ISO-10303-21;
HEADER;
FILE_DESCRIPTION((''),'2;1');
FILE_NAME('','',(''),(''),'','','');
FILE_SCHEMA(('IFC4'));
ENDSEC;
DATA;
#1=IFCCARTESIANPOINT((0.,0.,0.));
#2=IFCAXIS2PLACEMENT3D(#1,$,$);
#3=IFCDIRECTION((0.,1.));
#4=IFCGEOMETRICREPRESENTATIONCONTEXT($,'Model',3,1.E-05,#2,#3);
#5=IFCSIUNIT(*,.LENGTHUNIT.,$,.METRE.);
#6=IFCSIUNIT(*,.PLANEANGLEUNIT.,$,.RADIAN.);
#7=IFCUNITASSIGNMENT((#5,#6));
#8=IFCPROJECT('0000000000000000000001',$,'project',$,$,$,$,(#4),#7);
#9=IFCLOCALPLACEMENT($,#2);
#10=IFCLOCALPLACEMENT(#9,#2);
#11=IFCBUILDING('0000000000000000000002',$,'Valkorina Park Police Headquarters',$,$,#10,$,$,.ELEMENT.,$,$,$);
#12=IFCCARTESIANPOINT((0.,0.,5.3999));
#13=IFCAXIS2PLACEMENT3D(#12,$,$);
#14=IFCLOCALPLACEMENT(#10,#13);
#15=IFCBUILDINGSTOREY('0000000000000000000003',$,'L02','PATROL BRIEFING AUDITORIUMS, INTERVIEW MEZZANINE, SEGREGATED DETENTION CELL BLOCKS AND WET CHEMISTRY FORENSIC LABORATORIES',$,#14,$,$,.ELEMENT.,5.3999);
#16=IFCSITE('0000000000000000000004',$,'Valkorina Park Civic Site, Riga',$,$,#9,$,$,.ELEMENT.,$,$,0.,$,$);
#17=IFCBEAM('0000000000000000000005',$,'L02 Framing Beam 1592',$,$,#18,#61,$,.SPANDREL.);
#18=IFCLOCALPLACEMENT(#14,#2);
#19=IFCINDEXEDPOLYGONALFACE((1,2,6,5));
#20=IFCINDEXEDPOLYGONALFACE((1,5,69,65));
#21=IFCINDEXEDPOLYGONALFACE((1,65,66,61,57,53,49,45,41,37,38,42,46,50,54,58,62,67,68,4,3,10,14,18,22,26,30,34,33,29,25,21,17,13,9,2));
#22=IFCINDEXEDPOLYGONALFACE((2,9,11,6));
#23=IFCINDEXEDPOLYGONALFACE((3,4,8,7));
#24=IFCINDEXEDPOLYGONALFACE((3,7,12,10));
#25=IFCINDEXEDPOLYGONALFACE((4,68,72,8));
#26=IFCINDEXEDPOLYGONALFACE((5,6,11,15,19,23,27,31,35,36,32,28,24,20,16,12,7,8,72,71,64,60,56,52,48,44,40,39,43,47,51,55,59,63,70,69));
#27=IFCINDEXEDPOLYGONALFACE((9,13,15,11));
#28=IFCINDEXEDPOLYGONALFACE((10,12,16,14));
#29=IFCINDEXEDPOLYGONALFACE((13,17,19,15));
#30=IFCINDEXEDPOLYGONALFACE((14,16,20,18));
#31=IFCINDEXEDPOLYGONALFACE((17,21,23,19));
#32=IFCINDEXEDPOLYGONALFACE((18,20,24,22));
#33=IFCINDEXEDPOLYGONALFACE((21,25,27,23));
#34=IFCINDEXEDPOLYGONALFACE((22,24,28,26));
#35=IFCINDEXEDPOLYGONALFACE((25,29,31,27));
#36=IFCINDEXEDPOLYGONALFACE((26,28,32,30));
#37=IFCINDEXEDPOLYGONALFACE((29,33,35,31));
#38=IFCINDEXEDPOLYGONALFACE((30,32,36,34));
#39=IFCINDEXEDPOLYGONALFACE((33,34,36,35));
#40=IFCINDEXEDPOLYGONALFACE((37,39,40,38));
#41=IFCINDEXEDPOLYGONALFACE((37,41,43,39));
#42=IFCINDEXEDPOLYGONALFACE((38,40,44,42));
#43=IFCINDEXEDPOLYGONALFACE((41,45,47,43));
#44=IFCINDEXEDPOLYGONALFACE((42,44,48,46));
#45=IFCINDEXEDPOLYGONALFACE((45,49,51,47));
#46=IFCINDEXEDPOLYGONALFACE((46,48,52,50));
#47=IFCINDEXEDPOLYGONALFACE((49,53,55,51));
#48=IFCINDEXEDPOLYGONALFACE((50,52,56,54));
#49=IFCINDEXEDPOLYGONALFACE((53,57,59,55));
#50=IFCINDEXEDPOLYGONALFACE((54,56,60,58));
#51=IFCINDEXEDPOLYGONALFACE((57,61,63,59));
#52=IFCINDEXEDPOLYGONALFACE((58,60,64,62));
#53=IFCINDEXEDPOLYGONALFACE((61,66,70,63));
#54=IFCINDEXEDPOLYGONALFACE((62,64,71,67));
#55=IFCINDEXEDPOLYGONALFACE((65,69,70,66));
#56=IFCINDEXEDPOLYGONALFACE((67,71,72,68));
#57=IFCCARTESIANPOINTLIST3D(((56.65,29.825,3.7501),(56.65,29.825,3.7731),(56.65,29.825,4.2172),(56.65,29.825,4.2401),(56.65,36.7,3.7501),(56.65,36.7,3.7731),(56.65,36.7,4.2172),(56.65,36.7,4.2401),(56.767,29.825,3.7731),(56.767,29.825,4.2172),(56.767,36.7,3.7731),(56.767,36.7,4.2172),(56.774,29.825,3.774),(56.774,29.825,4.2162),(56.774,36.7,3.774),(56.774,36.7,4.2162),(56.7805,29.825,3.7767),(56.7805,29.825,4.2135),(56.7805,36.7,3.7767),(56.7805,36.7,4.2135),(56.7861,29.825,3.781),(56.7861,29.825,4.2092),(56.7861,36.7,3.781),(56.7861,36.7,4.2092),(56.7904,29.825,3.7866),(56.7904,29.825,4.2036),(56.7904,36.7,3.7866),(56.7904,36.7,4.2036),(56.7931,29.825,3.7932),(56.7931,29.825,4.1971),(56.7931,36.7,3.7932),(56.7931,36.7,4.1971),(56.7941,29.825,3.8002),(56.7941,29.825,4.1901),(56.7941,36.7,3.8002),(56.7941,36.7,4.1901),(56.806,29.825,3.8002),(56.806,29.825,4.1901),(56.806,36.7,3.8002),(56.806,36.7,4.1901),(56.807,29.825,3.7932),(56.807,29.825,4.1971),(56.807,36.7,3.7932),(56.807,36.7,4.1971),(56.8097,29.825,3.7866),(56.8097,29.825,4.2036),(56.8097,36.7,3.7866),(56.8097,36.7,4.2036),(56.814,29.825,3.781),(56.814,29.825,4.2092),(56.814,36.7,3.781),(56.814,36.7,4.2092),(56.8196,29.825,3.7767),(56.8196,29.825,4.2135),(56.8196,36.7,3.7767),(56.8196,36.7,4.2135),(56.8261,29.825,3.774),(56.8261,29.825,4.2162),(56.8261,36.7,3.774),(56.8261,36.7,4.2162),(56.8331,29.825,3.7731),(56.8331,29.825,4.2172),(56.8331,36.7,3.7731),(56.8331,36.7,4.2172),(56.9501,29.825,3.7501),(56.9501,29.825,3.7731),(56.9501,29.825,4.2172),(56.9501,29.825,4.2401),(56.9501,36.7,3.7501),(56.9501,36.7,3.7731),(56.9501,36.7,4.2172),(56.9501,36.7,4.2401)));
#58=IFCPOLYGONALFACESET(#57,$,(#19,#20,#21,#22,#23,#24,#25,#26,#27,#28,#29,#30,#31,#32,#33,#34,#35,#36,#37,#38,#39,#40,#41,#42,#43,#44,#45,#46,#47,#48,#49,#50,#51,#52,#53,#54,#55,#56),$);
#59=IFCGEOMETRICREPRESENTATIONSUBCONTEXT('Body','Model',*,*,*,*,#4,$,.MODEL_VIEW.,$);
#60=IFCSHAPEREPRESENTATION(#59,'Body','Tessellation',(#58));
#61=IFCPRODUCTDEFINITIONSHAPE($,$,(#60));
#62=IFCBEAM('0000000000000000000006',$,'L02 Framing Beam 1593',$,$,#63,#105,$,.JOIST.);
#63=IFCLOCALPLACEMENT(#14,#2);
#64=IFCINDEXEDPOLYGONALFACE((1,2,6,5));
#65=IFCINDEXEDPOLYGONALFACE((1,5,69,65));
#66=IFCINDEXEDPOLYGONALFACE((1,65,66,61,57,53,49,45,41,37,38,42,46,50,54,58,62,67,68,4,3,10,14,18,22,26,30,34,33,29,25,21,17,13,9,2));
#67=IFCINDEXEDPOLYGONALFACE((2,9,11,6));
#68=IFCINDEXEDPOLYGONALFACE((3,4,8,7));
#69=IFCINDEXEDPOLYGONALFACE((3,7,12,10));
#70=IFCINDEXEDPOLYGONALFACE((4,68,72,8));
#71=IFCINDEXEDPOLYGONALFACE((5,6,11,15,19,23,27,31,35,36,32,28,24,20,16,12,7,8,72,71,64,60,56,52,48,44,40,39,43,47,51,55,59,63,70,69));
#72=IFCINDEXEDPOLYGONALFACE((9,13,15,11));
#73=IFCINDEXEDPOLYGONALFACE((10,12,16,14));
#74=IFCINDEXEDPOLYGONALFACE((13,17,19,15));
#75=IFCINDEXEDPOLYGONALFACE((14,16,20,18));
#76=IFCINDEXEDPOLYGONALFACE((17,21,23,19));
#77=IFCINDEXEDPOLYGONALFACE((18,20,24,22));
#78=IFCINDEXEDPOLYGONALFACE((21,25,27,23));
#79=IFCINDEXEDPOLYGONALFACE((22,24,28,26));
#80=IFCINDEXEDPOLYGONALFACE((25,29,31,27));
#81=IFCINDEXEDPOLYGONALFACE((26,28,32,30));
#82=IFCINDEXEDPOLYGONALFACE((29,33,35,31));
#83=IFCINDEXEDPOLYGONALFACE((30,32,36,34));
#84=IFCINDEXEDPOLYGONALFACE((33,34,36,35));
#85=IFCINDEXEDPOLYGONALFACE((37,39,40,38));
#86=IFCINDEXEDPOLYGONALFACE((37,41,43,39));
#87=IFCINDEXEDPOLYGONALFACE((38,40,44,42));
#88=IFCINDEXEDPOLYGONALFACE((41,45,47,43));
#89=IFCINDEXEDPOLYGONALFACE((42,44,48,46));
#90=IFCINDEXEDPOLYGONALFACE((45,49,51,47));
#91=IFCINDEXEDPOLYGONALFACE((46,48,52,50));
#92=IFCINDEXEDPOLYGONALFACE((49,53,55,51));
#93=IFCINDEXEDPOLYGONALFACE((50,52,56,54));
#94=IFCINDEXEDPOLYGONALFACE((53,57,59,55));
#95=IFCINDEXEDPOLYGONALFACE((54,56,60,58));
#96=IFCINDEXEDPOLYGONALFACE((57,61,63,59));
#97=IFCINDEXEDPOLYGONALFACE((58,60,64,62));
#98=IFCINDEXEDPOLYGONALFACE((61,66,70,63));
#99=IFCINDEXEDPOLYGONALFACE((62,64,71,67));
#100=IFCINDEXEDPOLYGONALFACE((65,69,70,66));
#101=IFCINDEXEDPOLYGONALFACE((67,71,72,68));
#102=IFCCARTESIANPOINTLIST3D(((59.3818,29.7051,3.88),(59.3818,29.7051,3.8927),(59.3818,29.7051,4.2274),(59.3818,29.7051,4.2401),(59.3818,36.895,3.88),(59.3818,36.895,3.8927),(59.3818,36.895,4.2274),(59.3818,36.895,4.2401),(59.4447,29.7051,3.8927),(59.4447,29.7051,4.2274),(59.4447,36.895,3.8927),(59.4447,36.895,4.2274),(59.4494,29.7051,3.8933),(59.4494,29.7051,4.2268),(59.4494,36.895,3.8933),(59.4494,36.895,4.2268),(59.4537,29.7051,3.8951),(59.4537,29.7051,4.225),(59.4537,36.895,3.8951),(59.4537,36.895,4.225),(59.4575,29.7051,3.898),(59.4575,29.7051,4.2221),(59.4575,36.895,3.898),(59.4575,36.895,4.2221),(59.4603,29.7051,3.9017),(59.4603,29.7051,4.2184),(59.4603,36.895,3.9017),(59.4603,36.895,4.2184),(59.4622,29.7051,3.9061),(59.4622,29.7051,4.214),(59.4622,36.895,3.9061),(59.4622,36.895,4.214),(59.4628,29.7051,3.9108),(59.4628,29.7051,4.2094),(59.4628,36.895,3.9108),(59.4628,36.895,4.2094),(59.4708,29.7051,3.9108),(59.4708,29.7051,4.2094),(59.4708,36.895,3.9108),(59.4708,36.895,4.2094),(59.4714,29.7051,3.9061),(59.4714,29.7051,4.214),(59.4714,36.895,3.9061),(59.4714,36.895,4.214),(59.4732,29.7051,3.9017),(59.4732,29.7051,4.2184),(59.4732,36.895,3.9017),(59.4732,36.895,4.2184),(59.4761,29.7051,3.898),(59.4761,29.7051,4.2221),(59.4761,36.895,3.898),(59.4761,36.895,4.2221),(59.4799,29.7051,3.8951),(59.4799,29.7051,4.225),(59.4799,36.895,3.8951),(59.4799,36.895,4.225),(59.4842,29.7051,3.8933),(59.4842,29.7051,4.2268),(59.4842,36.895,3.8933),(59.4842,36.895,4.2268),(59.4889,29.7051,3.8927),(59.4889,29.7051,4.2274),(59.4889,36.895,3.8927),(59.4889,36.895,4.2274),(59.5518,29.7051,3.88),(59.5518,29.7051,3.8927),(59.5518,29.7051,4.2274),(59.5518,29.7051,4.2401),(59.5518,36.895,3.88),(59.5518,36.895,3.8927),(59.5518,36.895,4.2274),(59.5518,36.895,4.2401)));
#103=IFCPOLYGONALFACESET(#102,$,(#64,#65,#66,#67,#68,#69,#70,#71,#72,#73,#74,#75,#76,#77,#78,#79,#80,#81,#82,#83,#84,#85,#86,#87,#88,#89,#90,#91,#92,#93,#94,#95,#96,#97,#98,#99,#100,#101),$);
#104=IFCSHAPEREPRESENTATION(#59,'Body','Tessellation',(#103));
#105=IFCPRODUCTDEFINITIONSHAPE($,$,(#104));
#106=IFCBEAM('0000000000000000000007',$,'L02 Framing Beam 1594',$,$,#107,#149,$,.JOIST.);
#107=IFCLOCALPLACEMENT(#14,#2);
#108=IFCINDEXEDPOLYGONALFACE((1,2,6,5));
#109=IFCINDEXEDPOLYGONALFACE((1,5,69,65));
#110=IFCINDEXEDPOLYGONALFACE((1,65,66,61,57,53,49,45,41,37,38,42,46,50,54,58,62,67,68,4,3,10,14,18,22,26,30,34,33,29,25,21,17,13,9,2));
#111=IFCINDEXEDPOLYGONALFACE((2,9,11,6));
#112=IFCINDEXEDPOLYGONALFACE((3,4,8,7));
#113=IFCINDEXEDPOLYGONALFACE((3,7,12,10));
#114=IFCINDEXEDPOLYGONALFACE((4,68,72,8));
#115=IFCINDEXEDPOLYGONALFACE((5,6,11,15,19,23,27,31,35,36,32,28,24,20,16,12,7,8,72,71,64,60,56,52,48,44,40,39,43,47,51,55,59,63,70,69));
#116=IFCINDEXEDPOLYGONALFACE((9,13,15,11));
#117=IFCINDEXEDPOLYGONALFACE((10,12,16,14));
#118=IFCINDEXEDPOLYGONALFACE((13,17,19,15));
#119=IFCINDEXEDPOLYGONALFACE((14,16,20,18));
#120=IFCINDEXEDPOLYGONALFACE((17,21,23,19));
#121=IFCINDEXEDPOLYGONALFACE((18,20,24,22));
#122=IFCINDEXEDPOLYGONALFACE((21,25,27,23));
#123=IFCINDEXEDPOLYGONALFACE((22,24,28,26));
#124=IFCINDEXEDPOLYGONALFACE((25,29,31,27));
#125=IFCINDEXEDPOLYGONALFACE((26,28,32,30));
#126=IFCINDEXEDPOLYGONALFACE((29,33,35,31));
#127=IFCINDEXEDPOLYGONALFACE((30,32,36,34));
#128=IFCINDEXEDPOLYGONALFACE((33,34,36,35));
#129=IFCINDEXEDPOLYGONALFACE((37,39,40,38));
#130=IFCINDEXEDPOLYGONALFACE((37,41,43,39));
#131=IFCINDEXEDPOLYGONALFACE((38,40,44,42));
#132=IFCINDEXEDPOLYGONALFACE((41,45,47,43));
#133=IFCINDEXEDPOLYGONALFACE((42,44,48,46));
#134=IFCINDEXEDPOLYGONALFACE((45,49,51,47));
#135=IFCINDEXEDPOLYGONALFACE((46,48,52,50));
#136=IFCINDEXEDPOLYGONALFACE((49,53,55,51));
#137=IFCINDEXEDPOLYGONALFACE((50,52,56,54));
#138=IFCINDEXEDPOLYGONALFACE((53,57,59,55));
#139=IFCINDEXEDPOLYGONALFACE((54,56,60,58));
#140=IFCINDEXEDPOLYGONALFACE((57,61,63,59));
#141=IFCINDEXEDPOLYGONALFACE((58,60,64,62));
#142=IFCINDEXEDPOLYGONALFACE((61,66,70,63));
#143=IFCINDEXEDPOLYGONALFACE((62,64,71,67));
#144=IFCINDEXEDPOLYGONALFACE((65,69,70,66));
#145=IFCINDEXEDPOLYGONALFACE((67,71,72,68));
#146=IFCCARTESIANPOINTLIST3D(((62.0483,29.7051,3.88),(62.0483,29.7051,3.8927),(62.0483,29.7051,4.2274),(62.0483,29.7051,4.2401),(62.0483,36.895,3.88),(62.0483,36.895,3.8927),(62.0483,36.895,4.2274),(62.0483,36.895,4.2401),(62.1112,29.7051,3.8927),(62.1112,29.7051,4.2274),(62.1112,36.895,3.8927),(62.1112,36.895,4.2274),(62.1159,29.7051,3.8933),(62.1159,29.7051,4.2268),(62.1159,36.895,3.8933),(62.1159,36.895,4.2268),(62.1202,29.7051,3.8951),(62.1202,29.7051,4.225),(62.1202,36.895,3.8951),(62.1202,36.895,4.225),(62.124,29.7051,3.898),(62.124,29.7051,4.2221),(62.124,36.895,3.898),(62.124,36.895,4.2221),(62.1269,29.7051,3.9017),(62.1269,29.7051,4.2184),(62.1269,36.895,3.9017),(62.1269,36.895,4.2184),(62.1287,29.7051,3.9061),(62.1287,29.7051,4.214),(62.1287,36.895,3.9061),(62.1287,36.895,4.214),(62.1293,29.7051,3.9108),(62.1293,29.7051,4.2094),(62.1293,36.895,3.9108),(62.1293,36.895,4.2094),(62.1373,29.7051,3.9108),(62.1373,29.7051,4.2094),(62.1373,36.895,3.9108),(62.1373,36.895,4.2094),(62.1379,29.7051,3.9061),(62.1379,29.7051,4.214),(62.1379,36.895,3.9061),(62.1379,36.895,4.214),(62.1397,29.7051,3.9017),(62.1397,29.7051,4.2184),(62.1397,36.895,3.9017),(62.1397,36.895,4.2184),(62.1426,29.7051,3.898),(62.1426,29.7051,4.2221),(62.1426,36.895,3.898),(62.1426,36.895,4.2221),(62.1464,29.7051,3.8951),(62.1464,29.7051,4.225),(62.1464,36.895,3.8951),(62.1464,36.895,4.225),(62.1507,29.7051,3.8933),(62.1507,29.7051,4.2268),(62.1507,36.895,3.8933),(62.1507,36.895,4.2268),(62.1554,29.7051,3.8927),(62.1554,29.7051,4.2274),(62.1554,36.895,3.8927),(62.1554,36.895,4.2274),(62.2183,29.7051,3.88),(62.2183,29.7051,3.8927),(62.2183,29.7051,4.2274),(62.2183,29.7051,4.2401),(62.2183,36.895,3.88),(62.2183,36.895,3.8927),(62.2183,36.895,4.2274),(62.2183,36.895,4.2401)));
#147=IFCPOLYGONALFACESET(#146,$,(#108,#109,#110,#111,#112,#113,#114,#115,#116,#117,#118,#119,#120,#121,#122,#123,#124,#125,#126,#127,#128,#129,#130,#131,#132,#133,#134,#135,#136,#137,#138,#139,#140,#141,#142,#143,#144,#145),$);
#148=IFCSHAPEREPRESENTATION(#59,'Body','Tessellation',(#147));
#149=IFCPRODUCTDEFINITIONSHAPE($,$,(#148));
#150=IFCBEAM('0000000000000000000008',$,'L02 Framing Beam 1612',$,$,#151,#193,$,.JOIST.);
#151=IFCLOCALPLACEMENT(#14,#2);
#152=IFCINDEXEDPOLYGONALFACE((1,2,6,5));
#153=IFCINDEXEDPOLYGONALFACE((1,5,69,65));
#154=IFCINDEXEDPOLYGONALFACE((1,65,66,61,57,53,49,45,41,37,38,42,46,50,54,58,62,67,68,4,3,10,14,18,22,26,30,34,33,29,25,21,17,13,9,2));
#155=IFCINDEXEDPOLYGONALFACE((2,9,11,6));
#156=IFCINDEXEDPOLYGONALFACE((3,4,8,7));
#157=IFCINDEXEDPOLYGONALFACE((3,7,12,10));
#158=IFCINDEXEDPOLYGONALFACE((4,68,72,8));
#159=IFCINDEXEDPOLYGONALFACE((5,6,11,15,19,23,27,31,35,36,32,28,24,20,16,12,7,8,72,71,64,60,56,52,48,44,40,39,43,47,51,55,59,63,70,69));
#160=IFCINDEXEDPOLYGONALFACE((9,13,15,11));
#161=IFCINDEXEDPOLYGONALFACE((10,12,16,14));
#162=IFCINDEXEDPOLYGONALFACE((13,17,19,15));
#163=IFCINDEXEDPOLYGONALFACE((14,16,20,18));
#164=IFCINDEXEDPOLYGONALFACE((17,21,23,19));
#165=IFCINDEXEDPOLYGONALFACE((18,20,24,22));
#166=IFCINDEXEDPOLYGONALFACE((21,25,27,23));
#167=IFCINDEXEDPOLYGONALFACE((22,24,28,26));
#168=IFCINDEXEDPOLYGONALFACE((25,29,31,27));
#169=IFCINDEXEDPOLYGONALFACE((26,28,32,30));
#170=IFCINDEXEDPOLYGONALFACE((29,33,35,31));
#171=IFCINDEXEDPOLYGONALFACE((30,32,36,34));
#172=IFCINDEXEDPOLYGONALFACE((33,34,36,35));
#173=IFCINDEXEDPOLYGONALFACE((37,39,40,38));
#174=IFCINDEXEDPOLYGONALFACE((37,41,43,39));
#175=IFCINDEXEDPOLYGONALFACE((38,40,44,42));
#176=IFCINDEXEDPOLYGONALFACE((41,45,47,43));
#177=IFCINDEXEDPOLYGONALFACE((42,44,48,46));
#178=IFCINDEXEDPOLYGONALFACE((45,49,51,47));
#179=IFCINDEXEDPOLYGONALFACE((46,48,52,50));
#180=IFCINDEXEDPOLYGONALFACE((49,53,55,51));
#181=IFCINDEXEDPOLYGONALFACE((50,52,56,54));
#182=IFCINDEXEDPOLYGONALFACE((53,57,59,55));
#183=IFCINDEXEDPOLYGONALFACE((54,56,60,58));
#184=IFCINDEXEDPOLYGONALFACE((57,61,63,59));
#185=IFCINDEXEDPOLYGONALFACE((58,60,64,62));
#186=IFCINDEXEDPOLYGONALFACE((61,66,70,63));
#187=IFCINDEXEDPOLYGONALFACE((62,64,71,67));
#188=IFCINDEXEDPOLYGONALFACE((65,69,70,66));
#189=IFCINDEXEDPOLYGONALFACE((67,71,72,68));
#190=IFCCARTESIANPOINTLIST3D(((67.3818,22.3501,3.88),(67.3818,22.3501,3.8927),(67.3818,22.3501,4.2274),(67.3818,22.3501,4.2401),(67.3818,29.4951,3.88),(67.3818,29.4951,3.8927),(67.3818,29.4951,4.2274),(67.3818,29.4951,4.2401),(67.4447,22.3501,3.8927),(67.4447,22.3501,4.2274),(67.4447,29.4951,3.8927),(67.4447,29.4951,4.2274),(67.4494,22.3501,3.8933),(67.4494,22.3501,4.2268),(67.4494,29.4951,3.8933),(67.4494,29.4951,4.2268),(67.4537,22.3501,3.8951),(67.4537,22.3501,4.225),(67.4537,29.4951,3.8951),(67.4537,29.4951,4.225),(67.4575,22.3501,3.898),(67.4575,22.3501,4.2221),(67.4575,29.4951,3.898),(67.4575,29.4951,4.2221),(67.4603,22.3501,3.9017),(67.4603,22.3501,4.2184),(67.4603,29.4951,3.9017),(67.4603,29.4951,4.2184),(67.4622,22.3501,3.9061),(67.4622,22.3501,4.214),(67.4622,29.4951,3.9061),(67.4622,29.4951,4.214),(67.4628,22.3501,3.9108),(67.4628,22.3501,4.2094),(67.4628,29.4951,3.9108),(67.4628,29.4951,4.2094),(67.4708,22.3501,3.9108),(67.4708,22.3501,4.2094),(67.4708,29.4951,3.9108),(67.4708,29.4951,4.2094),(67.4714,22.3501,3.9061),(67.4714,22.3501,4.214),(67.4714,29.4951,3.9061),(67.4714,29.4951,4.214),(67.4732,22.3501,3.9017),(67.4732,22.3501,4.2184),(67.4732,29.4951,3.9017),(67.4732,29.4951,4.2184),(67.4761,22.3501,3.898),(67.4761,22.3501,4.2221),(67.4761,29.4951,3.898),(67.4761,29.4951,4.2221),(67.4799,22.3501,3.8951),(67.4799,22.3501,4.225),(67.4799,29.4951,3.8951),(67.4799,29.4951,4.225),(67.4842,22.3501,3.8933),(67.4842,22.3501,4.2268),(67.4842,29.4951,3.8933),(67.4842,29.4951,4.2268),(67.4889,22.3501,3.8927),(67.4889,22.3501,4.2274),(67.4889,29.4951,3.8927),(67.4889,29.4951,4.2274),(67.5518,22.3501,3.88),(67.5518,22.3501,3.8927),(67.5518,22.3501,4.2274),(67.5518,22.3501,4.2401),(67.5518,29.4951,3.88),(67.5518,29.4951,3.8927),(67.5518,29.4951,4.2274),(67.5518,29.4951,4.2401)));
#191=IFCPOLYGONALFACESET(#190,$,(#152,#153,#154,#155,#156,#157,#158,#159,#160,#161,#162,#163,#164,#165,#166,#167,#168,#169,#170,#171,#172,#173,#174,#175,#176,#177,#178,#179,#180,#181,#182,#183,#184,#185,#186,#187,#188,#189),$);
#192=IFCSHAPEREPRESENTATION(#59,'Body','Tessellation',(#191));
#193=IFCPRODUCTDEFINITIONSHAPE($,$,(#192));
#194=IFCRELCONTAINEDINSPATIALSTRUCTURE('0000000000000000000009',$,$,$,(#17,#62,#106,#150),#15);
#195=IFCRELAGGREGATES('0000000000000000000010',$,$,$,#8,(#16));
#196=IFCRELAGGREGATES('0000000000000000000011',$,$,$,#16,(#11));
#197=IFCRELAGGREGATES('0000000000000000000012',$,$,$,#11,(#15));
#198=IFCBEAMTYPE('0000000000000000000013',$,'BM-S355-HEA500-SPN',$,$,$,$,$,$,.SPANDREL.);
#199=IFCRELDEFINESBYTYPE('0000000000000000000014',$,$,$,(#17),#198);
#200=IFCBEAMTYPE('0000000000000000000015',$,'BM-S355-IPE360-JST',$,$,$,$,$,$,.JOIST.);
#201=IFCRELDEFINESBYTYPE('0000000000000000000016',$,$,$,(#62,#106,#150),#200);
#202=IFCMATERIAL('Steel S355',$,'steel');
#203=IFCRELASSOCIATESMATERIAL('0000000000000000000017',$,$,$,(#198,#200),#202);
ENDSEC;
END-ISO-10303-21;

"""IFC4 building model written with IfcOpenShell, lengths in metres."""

from ifc_helpers import new_model, si_unit, direction, frame, origin, origin_2d, place, context, subcontext, project, spatial, i_section, extrude, material, material_profile, profile_set, type_object, element, save


model = new_model("IFC4")

# Units and contexts
model_context = context("Model", 3, precision=1e-05, world=origin(), true_north=direction((0.0, 1.0)))
body_context = subcontext(model_context, "Body", "Model", "MODEL_VIEW")
ifc_project = project(units=[si_unit("LENGTHUNIT", "METRE"), si_unit("PLANEANGLEUNIT", "RADIAN")], contexts=[model_context])

# Site, building, storey
site_placement = place(None, origin())
site = spatial("IfcSite", under=ifc_project, at=site_placement, Name="Valkorina Park Civic Site, Riga", CompositionType="ELEMENT", RefElevation=0.0)
building_placement = place(site_placement, origin())
building = spatial("IfcBuilding", under=site, at=building_placement, Name="Valkorina Park Police Headquarters", CompositionType="ELEMENT")
storey_placement = place(building_placement, frame((0.0, 0.0, 5.3999)))
storey = spatial("IfcBuildingStorey", under=building, at=storey_placement, Name="L02", Description="PATROL BRIEFING AUDITORIUMS, INTERVIEW MEZZANINE, SEGREGATED DETENTION CELL BLOCKS AND WET CHEMISTRY FORENSIC LABORATORIES", CompositionType="ELEMENT", Elevation=5.3999)

# Shared definitions
ifc_material_1 = material(Name="Steel S355", Category="steel")

# Beams
ifc_material_profile_1 = material_profile(ifc_material_1, i_section(OverallWidth=0.3, OverallDepth=0.49, WebThickness=0.012, FlangeThickness=0.0229, FilletRadius=0.0271, at=origin_2d()), Name="HEA 500")
ifc_profile_set_1 = profile_set([ifc_material_profile_1], Name="Steel S355")
beam_type_1 = type_object("IfcBeamType", Name="BM-S355-HEA500-SPN", PredefinedType="SPANDREL", material=ifc_profile_set_1)
beam_1_placement = place(storey_placement, frame((56.8, 29.825, 3.9951), z_axis=(0.0, 1.0, 0.0), x_axis=(-1.0, 0.0, 0.0)))
element("IfcBeam", 1, at=beam_1_placement, inside=storey, type_object=beam_type_1, Name="L02 Framing Beam 1592", PredefinedType="SPANDREL", context=body_context, shape_type="SweptSolid", body=[
    extrude(i_section(OverallWidth=0.3, OverallDepth=0.49, WebThickness=0.012, FlangeThickness=0.0229, FilletRadius=0.0271, at=origin_2d()), origin(), (0.0, 0.0, 1.0), 6.875),
])
ifc_material_profile_2 = material_profile(ifc_material_1, i_section(OverallWidth=0.1699, OverallDepth=0.3601, WebThickness=0.0081, FlangeThickness=0.0127, FilletRadius=0.0181, at=origin_2d()), Name="IPE 360")
ifc_profile_set_2 = profile_set([ifc_material_profile_2], Name="Steel S355")
beam_type_2 = type_object("IfcBeamType", Name="BM-S355-IPE360-JST", PredefinedType="JOIST", material=ifc_profile_set_2)
for number, where, z_axis, x_axis, name in (
    (2, (59.4668, 29.7051, 4.0601), (0.0, 1.0, 0.0), (-1.0, 0.0, 0.0), "L02 Framing Beam 1593"),
    (3, (62.1333, 29.7051, 4.0601), (0.0, 1.0, 0.0), (-1.0, 0.0, 0.0), "L02 Framing Beam 1594"),
):
    element("IfcBeam", number, at=place(storey_placement, frame(where, z_axis=z_axis, x_axis=x_axis)), inside=storey, type_object=beam_type_2, Name=name, PredefinedType="JOIST", context=body_context, shape_type="SweptSolid", body=[
        extrude(i_section(OverallWidth=0.1699, OverallDepth=0.3601, WebThickness=0.0081, FlangeThickness=0.0127, FilletRadius=0.0181, at=origin_2d()), origin(), (0.0, 0.0, 1.0), 7.1899),
    ])
for number, where, z_axis, x_axis, name in (
    (4, (67.4668, 22.3501, 4.0601), (0.0, 1.0, 0.0), (-1.0, 0.0, 0.0), "L02 Framing Beam 1612"),
):
    element("IfcBeam", number, at=place(storey_placement, frame(where, z_axis=z_axis, x_axis=x_axis)), inside=storey, type_object=beam_type_2, Name=name, PredefinedType="JOIST", context=body_context, shape_type="SweptSolid", body=[
        extrude(i_section(OverallWidth=0.1699, OverallDepth=0.3601, WebThickness=0.0081, FlangeThickness=0.0127, FilletRadius=0.0181, at=origin_2d()), origin(), (0.0, 0.0, 1.0), 7.145),
    ])

save(model, "model.ifc")
